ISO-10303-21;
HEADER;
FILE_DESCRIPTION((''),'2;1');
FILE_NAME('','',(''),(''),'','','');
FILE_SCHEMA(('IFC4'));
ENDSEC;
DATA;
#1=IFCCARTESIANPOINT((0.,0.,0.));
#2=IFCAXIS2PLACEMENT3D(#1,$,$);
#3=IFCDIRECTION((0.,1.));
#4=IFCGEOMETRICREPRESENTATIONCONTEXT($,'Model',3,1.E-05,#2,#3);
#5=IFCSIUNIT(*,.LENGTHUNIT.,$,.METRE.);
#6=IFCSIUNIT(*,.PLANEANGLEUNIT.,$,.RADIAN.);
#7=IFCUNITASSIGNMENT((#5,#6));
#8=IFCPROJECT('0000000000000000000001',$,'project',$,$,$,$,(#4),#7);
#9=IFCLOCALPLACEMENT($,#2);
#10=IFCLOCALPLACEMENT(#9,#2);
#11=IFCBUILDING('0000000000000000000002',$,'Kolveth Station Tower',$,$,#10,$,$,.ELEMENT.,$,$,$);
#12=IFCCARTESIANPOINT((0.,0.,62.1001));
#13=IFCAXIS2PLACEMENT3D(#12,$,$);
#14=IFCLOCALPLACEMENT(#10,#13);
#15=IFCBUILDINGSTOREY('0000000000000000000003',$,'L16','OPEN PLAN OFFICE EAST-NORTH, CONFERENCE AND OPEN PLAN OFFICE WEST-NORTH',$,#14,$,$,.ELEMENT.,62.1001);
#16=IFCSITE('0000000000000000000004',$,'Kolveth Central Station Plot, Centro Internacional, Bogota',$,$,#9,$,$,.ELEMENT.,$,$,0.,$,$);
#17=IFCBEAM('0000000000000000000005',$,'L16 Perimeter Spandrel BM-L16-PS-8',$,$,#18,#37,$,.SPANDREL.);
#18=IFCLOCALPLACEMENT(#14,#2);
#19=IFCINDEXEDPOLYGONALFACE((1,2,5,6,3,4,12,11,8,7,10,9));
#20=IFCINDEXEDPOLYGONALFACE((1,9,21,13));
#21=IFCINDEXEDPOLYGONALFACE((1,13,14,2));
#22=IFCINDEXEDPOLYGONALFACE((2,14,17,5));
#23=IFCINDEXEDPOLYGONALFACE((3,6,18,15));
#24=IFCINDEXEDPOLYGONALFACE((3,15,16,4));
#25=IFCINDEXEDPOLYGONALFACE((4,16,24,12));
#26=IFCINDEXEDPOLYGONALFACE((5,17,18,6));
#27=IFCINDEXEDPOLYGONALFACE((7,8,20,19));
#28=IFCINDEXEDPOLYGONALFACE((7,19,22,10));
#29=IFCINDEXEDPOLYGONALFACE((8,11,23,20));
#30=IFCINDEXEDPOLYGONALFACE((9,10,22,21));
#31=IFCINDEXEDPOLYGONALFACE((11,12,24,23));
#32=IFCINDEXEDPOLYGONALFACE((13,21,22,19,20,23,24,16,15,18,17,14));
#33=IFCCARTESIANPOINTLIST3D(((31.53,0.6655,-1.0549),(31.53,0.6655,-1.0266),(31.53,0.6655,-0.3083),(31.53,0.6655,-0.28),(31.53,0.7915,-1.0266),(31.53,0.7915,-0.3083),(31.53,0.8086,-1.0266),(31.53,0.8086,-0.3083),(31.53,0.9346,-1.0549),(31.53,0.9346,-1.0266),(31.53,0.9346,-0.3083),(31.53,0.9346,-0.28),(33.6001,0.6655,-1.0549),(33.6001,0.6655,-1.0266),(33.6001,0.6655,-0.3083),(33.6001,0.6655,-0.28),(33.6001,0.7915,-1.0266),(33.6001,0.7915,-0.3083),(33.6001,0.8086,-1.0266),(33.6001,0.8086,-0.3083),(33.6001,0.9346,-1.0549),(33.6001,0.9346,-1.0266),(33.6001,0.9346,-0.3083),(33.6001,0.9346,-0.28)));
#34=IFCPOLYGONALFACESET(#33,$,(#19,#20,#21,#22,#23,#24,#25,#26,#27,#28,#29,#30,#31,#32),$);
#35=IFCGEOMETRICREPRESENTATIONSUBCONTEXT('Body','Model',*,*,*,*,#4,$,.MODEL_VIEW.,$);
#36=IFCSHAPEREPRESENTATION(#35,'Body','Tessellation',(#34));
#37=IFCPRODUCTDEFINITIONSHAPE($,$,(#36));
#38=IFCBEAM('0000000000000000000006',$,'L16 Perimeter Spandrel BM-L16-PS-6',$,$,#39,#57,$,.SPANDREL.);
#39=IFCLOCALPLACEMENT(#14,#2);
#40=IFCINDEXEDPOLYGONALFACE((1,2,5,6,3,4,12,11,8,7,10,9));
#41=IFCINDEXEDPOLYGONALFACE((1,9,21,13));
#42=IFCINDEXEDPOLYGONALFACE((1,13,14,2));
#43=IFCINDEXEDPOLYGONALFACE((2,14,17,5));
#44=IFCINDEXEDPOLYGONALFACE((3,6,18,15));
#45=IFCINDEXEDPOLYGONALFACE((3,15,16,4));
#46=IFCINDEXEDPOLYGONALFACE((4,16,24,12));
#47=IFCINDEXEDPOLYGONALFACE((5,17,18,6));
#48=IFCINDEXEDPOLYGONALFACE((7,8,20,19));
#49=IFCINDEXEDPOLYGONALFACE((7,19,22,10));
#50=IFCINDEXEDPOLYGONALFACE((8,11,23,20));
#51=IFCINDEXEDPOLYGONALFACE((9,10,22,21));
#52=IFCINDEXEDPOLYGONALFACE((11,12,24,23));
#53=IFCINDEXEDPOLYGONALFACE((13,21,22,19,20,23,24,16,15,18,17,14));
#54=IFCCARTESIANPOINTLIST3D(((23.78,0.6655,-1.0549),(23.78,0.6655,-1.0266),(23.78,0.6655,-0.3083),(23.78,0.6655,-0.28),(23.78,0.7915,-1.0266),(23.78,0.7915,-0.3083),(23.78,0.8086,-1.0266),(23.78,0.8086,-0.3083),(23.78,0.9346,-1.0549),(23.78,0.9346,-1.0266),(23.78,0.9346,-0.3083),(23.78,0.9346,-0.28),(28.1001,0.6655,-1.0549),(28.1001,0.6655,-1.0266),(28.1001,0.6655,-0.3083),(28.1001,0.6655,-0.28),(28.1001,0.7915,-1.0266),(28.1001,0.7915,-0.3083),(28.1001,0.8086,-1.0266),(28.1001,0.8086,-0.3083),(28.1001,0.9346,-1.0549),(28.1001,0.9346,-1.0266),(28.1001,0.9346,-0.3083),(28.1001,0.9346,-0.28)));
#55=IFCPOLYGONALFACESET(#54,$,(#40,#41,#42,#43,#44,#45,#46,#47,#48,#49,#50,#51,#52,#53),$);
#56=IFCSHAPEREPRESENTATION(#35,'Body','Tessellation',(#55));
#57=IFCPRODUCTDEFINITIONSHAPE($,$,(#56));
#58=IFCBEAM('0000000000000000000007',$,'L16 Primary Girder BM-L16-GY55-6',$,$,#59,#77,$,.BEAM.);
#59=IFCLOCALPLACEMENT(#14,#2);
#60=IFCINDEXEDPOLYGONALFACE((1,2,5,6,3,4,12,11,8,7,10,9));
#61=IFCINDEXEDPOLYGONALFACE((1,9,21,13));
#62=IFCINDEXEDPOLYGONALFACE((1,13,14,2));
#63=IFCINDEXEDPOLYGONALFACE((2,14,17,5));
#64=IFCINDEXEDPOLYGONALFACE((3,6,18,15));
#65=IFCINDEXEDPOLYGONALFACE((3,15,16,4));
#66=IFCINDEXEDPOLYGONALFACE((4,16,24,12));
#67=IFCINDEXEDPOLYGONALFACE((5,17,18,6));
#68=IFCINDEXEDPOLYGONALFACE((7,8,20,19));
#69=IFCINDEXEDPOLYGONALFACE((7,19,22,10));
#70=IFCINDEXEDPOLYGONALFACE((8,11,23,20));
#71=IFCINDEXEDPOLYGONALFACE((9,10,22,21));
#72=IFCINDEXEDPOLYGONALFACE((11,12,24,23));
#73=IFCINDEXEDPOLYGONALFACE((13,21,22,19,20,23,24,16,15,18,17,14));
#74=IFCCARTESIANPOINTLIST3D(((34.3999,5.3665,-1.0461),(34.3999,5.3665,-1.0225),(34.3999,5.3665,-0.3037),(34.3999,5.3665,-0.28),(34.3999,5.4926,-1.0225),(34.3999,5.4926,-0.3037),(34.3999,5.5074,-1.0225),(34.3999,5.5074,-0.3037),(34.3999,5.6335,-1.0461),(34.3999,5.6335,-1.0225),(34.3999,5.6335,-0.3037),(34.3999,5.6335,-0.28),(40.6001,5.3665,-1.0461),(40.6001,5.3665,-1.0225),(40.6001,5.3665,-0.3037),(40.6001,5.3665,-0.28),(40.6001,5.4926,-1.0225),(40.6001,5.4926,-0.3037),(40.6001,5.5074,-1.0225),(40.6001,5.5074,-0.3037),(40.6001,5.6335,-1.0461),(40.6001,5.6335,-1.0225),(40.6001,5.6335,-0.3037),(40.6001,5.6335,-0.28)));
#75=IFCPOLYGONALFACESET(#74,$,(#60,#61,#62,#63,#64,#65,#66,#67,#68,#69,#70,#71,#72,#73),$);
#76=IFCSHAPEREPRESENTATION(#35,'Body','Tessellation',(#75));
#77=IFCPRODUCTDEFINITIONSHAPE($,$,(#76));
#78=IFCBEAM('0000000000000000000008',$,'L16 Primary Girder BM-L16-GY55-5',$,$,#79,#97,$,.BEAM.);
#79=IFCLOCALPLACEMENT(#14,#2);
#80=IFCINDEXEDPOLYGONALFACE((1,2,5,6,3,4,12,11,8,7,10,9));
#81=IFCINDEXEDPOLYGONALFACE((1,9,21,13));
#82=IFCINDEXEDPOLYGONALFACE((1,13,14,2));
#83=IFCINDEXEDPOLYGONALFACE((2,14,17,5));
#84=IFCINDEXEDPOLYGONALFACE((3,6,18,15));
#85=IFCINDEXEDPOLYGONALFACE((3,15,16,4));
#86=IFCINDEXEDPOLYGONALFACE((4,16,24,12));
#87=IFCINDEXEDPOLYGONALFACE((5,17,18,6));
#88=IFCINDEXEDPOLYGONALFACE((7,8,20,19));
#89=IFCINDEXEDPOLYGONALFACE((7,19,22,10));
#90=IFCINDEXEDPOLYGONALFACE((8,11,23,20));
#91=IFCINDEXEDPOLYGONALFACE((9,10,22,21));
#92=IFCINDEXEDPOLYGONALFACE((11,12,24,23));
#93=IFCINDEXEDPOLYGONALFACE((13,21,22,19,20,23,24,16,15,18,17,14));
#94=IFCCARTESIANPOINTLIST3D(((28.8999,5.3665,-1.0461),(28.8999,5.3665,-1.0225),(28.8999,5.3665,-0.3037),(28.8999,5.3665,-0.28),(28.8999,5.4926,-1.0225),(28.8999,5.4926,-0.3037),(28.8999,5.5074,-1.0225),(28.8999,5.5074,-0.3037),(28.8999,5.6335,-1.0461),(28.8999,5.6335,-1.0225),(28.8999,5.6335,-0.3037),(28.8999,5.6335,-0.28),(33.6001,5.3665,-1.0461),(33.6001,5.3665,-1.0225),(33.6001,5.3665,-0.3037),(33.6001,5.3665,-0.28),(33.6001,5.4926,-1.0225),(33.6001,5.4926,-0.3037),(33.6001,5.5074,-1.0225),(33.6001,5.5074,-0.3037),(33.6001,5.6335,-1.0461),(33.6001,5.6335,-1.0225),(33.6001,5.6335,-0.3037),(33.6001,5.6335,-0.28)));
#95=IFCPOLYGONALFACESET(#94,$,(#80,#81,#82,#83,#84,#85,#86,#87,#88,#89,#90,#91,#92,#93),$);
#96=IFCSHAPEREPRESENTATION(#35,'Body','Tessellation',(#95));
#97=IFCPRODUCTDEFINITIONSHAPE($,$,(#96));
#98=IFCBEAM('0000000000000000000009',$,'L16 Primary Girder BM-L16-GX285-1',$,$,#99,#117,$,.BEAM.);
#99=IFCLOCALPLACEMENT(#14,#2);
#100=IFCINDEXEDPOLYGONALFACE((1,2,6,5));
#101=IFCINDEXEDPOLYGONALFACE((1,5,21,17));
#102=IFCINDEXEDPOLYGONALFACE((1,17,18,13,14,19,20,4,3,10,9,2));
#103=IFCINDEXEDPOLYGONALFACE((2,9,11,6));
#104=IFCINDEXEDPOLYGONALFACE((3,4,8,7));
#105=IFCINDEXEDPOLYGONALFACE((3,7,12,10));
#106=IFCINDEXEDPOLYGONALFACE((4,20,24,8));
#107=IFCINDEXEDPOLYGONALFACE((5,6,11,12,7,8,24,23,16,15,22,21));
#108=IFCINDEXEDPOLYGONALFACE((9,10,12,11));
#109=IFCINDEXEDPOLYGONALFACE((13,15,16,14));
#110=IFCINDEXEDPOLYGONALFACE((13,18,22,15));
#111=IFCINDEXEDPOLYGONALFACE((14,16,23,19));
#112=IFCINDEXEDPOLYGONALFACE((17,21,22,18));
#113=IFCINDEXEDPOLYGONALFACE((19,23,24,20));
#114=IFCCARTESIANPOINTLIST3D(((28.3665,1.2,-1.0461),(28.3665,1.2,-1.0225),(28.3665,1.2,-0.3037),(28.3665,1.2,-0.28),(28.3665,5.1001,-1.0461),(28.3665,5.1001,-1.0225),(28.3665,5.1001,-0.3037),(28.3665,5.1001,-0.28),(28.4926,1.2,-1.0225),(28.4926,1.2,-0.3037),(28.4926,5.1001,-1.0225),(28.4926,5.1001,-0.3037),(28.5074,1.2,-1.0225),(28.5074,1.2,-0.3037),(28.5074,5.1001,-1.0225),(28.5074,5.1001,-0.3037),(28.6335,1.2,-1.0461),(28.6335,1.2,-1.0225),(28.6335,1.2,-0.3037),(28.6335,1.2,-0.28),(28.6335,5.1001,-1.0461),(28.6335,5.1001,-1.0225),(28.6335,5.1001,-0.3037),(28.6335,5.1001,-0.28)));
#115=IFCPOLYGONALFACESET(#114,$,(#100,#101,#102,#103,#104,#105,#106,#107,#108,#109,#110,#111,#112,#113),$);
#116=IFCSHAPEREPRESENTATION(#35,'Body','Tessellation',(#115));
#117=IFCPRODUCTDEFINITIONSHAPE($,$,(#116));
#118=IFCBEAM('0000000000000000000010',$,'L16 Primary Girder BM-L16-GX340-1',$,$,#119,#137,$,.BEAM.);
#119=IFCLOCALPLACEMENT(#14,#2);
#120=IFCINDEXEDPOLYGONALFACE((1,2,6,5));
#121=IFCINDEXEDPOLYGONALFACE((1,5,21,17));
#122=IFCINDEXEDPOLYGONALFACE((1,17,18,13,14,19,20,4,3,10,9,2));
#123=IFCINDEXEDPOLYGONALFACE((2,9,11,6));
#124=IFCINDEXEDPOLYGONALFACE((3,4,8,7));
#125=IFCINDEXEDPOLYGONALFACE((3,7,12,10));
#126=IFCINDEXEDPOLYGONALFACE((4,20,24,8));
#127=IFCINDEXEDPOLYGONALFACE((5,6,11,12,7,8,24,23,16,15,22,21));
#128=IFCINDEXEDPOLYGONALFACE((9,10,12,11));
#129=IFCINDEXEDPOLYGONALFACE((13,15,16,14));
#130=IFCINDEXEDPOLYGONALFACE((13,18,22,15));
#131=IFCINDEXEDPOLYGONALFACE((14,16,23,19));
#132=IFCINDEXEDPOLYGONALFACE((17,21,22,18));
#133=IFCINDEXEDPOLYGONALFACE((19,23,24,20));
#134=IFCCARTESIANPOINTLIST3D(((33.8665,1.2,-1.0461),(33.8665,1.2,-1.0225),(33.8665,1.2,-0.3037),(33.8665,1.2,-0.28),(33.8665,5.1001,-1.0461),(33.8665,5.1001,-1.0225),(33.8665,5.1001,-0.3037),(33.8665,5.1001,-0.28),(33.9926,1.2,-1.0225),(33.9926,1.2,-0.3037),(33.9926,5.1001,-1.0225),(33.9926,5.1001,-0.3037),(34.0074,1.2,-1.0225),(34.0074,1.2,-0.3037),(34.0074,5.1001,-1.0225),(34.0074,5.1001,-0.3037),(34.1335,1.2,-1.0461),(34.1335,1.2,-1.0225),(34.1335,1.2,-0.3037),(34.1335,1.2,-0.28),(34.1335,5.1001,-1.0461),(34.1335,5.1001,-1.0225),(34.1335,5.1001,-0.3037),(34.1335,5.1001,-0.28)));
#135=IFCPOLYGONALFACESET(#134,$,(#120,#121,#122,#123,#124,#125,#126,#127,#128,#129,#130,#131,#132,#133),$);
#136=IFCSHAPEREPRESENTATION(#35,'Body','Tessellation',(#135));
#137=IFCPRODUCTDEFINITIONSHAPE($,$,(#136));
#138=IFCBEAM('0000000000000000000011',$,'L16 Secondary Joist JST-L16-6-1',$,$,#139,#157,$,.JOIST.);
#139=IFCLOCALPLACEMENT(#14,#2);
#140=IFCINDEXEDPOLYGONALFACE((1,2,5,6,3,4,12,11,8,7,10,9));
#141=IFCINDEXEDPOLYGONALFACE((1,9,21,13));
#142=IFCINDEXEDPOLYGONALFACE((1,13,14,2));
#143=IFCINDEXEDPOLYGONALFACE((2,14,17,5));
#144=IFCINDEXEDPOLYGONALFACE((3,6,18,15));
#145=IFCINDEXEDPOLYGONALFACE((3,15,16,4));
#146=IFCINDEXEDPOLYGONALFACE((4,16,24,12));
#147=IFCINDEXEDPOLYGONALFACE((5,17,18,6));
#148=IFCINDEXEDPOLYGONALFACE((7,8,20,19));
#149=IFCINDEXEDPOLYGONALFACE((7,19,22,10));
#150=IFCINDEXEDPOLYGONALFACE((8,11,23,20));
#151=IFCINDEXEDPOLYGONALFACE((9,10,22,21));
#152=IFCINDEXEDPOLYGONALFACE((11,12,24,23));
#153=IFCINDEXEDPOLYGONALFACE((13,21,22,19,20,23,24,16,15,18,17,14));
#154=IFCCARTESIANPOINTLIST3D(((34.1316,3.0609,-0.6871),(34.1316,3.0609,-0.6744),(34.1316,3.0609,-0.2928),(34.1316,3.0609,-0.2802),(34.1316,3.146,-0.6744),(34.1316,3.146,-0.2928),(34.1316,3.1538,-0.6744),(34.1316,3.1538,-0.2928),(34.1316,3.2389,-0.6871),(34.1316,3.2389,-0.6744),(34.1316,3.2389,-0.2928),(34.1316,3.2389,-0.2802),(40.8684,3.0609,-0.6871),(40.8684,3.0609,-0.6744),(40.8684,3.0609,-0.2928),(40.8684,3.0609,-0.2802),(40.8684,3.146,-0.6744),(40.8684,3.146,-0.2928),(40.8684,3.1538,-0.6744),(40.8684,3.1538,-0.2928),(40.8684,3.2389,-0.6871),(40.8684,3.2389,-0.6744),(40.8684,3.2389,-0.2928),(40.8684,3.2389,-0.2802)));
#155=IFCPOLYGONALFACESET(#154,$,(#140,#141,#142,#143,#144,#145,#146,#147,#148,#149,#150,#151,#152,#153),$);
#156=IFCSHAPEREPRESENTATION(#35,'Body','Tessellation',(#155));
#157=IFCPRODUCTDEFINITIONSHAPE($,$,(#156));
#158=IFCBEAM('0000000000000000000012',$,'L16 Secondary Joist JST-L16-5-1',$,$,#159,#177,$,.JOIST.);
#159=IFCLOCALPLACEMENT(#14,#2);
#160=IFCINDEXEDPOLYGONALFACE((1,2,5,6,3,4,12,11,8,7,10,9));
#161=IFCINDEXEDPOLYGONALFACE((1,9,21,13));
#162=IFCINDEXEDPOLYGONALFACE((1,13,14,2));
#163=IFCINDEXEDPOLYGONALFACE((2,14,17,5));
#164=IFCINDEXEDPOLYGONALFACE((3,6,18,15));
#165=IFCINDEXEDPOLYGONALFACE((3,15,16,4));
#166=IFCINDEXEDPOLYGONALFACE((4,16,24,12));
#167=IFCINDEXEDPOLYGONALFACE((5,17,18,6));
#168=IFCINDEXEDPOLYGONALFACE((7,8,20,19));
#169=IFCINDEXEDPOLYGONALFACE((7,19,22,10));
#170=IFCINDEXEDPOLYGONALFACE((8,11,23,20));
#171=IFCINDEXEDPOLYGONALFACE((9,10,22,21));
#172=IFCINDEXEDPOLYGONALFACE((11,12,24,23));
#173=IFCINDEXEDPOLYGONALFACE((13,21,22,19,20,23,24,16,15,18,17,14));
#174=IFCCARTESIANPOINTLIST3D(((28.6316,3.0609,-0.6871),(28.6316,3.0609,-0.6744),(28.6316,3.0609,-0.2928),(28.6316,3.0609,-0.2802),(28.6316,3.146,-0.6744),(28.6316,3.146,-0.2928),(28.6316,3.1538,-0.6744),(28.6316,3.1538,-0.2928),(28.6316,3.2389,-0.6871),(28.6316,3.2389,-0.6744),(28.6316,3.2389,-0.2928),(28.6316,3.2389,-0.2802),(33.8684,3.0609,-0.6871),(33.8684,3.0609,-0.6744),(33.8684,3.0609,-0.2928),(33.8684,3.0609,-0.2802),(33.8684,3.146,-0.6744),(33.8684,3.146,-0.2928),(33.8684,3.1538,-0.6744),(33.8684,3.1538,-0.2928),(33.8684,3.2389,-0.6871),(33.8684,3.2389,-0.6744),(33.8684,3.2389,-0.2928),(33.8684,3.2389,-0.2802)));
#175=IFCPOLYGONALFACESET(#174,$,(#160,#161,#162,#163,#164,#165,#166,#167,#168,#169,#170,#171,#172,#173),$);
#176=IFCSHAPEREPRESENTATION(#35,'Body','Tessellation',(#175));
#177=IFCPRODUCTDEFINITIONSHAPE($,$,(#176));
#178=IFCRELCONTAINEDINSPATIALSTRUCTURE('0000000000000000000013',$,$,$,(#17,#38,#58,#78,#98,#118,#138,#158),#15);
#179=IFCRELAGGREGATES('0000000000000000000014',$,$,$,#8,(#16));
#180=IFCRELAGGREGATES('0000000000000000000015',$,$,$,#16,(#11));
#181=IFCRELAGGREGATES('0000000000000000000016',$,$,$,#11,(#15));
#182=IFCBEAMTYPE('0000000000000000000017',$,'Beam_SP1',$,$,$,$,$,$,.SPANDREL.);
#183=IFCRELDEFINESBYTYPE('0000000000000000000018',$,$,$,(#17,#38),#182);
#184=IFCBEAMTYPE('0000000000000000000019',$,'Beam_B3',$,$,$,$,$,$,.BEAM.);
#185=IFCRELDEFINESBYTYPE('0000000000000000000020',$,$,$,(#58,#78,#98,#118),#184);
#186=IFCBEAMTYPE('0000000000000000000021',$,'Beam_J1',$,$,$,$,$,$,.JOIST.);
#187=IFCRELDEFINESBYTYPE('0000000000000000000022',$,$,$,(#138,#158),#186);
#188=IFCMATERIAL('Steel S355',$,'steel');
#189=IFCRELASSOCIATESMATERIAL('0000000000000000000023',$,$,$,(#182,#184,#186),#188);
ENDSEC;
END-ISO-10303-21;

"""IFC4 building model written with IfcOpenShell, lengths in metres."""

from ifc_helpers import new_model, si_unit, direction, frame, origin, origin_2d, place, context, subcontext, project, spatial, i_section, extrude, source, transform, mapped, material, material_profile, profile_set, type_object, element, save


model = new_model("IFC4")

# Units and contexts
model_context = context("Model", 3, precision=1e-05, world=origin(), true_north=direction((0.0, 1.0)))
body_context = subcontext(model_context, "Body", "Model", "MODEL_VIEW")
ifc_project = project(units=[si_unit("LENGTHUNIT", "METRE"), si_unit("PLANEANGLEUNIT", "RADIAN")], contexts=[model_context])

# Site, building, storey
site_placement = place(None, origin())
site = spatial("IfcSite", under=ifc_project, at=site_placement, Name="Kolveth Central Station Plot, Centro Internacional, Bogota", CompositionType="ELEMENT", RefElevation=0.0)
building_placement = place(site_placement, origin())
building = spatial("IfcBuilding", under=site, at=building_placement, Name="Kolveth Station Tower", CompositionType="ELEMENT")
storey_placement = place(building_placement, frame((0.0, 0.0, 62.1001)))
storey = spatial("IfcBuildingStorey", under=building, at=storey_placement, Name="L16", Description="OPEN PLAN OFFICE EAST-NORTH, CONFERENCE AND OPEN PLAN OFFICE WEST-NORTH", CompositionType="ELEMENT", Elevation=62.1001)

# Shared definitions
ifc_material_1 = material(Name="Steel S355", Category="steel")

# Beams
ifc_material_profile_1 = material_profile(ifc_material_1, i_section(OverallWidth=0.269, OverallDepth=0.7749, WebThickness=0.0171, FlangeThickness=0.0283, at=origin_2d()), Name="W760x220")
ifc_profile_set_1 = profile_set([ifc_material_profile_1], Name="Steel S355")
beam_type_1 = type_object("IfcBeamType", Name="Beam_SP1", PredefinedType="SPANDREL", material=ifc_profile_set_1)
shared_shape_1 = source(origin(), body_context, "Body", "SweptSolid", [
    extrude(i_section(OverallWidth=0.269, OverallDepth=0.7749, WebThickness=0.0171, FlangeThickness=0.0283, at=origin_2d()), origin(), (0.0, 0.0, 1.0), 2.0701),
])
for number, where, z_axis, x_axis, name in (
    (1, (31.53, 0.8, -0.6675), (1.0, 0.0, 0.0), (0.0, 1.0, 0.0), "L16 Perimeter Spandrel BM-L16-PS-8"),
):
    element("IfcBeam", number, at=place(storey_placement, frame(where, z_axis=z_axis, x_axis=x_axis)), inside=storey, type_object=beam_type_1, Name=name, PredefinedType="SPANDREL", context=body_context, shape_type="MappedRepresentation", body=[
        mapped(shared_shape_1, transform((0.0, 0.0, 0.0), x_axis=(1.0, 0.0, 0.0), y_axis=(0.0, 1.0, 0.0), z_axis=(0.0, 0.0, 1.0), scale=1.0)),
    ])
shared_shape_2 = source(origin(), body_context, "Body", "SweptSolid", [
    extrude(i_section(OverallWidth=0.269, OverallDepth=0.7749, WebThickness=0.0171, FlangeThickness=0.0283, at=origin_2d()), origin(), (0.0, 0.0, 1.0), 4.3201),
])
beam_1_placement = place(storey_placement, frame((23.78, 0.8, -0.6675), z_axis=(1.0, 0.0, 0.0), x_axis=(0.0, 1.0, 0.0)))
element("IfcBeam", 2, at=beam_1_placement, inside=storey, type_object=beam_type_1, Name="L16 Perimeter Spandrel BM-L16-PS-6", PredefinedType="SPANDREL", context=body_context, shape_type="MappedRepresentation", body=[
    mapped(shared_shape_2, transform((0.0, 0.0, 0.0), x_axis=(1.0, 0.0, 0.0), y_axis=(0.0, 1.0, 0.0), z_axis=(0.0, 0.0, 1.0), scale=1.0)),
])
ifc_material_profile_2 = material_profile(ifc_material_1, i_section(OverallWidth=0.2671, OverallDepth=0.7661, WebThickness=0.0149, FlangeThickness=0.0237, at=origin_2d()), Name="W760x185")
ifc_profile_set_2 = profile_set([ifc_material_profile_2], Name="Steel S355")
beam_type_2 = type_object("IfcBeamType", Name="Beam_B3", PredefinedType="BEAM", material=ifc_profile_set_2)
shared_shape_3 = source(origin(), body_context, "Body", "SweptSolid", [
    extrude(i_section(OverallWidth=0.2671, OverallDepth=0.7661, WebThickness=0.0149, FlangeThickness=0.0237, at=origin_2d()), origin(), (0.0, 0.0, 1.0), 6.2002),
])
beam_2_placement = place(storey_placement, frame((34.3999, 5.5, -0.6631), z_axis=(1.0, 0.0, 0.0), x_axis=(0.0, 1.0, 0.0)))
element("IfcBeam", 3, at=beam_2_placement, inside=storey, type_object=beam_type_2, Name="L16 Primary Girder BM-L16-GY55-6", PredefinedType="BEAM", context=body_context, shape_type="MappedRepresentation", body=[
    mapped(shared_shape_3, transform((0.0, 0.0, 0.0), x_axis=(1.0, 0.0, 0.0), y_axis=(0.0, 1.0, 0.0), z_axis=(0.0, 0.0, 1.0), scale=1.0)),
])
shared_shape_4 = source(origin(), body_context, "Body", "SweptSolid", [
    extrude(i_section(OverallWidth=0.2671, OverallDepth=0.7661, WebThickness=0.0149, FlangeThickness=0.0237, at=origin_2d()), origin(), (0.0, 0.0, 1.0), 4.7002),
])
beam_3_placement = place(storey_placement, frame((28.8999, 5.5, -0.6631), z_axis=(1.0, 0.0, 0.0), x_axis=(0.0, 1.0, 0.0)))
element("IfcBeam", 4, at=beam_3_placement, inside=storey, type_object=beam_type_2, Name="L16 Primary Girder BM-L16-GY55-5", PredefinedType="BEAM", context=body_context, shape_type="MappedRepresentation", body=[
    mapped(shared_shape_4, transform((0.0, 0.0, 0.0), x_axis=(1.0, 0.0, 0.0), y_axis=(0.0, 1.0, 0.0), z_axis=(0.0, 0.0, 1.0), scale=1.0)),
])
shared_shape_5 = source(origin(), body_context, "Body", "SweptSolid", [
    extrude(i_section(OverallWidth=0.2671, OverallDepth=0.7661, WebThickness=0.0149, FlangeThickness=0.0237, at=origin_2d()), origin(), (0.0, 0.0, 1.0), 3.9001),
])
for number, where, z_axis, x_axis, name in (
    (5, (28.5, 1.2, -0.6631), (0.0, 1.0, 0.0), (-1.0, 0.0, 0.0), "L16 Primary Girder BM-L16-GX285-1"),
    (6, (34.0, 1.2, -0.6631), (0.0, 1.0, 0.0), (-1.0, 0.0, 0.0), "L16 Primary Girder BM-L16-GX340-1"),
):
    element("IfcBeam", number, at=place(storey_placement, frame(where, z_axis=z_axis, x_axis=x_axis)), inside=storey, type_object=beam_type_2, Name=name, PredefinedType="BEAM", context=body_context, shape_type="MappedRepresentation", body=[
        mapped(shared_shape_5, transform((0.0, 0.0, 0.0), x_axis=(1.0, 0.0, 0.0), y_axis=(0.0, 1.0, 0.0), z_axis=(0.0, 0.0, 1.0), scale=1.0)),
    ])
ifc_material_profile_3 = material_profile(ifc_material_1, i_section(OverallWidth=0.178, OverallDepth=0.407, WebThickness=0.0078, FlangeThickness=0.0127, at=origin_2d()), Name="W410x60")
ifc_profile_set_3 = profile_set([ifc_material_profile_3], Name="Steel S355")
beam_type_3 = type_object("IfcBeamType", Name="Beam_J1", PredefinedType="JOIST", material=ifc_profile_set_3)
shared_shape_6 = source(origin(), body_context, "Body", "SweptSolid", [
    extrude(i_section(OverallWidth=0.178, OverallDepth=0.407, WebThickness=0.0078, FlangeThickness=0.0127, at=origin_2d()), origin(), (0.0, 0.0, 1.0), 6.7368),
])
beam_4_placement = place(storey_placement, frame((34.1316, 3.1499, -0.4836), z_axis=(1.0, 0.0, 0.0), x_axis=(0.0, 1.0, 0.0)))
element("IfcBeam", 7, at=beam_4_placement, inside=storey, type_object=beam_type_3, Name="L16 Secondary Joist JST-L16-6-1", PredefinedType="JOIST", context=body_context, shape_type="MappedRepresentation", body=[
    mapped(shared_shape_6, transform((0.0, 0.0, 0.0), x_axis=(1.0, 0.0, 0.0), y_axis=(0.0, 1.0, 0.0), z_axis=(0.0, 0.0, 1.0), scale=1.0)),
])
shared_shape_7 = source(origin(), body_context, "Body", "SweptSolid", [
    extrude(i_section(OverallWidth=0.178, OverallDepth=0.407, WebThickness=0.0078, FlangeThickness=0.0127, at=origin_2d()), origin(), (0.0, 0.0, 1.0), 5.2368),
])
beam_5_placement = place(storey_placement, frame((28.6316, 3.1499, -0.4836), z_axis=(1.0, 0.0, 0.0), x_axis=(0.0, 1.0, 0.0)))
element("IfcBeam", 8, at=beam_5_placement, inside=storey, type_object=beam_type_3, Name="L16 Secondary Joist JST-L16-5-1", PredefinedType="JOIST", context=body_context, shape_type="MappedRepresentation", body=[
    mapped(shared_shape_7, transform((0.0, 0.0, 0.0), x_axis=(1.0, 0.0, 0.0), y_axis=(0.0, 1.0, 0.0), z_axis=(0.0, 0.0, 1.0), scale=1.0)),
])

save(model, "model.ifc")
